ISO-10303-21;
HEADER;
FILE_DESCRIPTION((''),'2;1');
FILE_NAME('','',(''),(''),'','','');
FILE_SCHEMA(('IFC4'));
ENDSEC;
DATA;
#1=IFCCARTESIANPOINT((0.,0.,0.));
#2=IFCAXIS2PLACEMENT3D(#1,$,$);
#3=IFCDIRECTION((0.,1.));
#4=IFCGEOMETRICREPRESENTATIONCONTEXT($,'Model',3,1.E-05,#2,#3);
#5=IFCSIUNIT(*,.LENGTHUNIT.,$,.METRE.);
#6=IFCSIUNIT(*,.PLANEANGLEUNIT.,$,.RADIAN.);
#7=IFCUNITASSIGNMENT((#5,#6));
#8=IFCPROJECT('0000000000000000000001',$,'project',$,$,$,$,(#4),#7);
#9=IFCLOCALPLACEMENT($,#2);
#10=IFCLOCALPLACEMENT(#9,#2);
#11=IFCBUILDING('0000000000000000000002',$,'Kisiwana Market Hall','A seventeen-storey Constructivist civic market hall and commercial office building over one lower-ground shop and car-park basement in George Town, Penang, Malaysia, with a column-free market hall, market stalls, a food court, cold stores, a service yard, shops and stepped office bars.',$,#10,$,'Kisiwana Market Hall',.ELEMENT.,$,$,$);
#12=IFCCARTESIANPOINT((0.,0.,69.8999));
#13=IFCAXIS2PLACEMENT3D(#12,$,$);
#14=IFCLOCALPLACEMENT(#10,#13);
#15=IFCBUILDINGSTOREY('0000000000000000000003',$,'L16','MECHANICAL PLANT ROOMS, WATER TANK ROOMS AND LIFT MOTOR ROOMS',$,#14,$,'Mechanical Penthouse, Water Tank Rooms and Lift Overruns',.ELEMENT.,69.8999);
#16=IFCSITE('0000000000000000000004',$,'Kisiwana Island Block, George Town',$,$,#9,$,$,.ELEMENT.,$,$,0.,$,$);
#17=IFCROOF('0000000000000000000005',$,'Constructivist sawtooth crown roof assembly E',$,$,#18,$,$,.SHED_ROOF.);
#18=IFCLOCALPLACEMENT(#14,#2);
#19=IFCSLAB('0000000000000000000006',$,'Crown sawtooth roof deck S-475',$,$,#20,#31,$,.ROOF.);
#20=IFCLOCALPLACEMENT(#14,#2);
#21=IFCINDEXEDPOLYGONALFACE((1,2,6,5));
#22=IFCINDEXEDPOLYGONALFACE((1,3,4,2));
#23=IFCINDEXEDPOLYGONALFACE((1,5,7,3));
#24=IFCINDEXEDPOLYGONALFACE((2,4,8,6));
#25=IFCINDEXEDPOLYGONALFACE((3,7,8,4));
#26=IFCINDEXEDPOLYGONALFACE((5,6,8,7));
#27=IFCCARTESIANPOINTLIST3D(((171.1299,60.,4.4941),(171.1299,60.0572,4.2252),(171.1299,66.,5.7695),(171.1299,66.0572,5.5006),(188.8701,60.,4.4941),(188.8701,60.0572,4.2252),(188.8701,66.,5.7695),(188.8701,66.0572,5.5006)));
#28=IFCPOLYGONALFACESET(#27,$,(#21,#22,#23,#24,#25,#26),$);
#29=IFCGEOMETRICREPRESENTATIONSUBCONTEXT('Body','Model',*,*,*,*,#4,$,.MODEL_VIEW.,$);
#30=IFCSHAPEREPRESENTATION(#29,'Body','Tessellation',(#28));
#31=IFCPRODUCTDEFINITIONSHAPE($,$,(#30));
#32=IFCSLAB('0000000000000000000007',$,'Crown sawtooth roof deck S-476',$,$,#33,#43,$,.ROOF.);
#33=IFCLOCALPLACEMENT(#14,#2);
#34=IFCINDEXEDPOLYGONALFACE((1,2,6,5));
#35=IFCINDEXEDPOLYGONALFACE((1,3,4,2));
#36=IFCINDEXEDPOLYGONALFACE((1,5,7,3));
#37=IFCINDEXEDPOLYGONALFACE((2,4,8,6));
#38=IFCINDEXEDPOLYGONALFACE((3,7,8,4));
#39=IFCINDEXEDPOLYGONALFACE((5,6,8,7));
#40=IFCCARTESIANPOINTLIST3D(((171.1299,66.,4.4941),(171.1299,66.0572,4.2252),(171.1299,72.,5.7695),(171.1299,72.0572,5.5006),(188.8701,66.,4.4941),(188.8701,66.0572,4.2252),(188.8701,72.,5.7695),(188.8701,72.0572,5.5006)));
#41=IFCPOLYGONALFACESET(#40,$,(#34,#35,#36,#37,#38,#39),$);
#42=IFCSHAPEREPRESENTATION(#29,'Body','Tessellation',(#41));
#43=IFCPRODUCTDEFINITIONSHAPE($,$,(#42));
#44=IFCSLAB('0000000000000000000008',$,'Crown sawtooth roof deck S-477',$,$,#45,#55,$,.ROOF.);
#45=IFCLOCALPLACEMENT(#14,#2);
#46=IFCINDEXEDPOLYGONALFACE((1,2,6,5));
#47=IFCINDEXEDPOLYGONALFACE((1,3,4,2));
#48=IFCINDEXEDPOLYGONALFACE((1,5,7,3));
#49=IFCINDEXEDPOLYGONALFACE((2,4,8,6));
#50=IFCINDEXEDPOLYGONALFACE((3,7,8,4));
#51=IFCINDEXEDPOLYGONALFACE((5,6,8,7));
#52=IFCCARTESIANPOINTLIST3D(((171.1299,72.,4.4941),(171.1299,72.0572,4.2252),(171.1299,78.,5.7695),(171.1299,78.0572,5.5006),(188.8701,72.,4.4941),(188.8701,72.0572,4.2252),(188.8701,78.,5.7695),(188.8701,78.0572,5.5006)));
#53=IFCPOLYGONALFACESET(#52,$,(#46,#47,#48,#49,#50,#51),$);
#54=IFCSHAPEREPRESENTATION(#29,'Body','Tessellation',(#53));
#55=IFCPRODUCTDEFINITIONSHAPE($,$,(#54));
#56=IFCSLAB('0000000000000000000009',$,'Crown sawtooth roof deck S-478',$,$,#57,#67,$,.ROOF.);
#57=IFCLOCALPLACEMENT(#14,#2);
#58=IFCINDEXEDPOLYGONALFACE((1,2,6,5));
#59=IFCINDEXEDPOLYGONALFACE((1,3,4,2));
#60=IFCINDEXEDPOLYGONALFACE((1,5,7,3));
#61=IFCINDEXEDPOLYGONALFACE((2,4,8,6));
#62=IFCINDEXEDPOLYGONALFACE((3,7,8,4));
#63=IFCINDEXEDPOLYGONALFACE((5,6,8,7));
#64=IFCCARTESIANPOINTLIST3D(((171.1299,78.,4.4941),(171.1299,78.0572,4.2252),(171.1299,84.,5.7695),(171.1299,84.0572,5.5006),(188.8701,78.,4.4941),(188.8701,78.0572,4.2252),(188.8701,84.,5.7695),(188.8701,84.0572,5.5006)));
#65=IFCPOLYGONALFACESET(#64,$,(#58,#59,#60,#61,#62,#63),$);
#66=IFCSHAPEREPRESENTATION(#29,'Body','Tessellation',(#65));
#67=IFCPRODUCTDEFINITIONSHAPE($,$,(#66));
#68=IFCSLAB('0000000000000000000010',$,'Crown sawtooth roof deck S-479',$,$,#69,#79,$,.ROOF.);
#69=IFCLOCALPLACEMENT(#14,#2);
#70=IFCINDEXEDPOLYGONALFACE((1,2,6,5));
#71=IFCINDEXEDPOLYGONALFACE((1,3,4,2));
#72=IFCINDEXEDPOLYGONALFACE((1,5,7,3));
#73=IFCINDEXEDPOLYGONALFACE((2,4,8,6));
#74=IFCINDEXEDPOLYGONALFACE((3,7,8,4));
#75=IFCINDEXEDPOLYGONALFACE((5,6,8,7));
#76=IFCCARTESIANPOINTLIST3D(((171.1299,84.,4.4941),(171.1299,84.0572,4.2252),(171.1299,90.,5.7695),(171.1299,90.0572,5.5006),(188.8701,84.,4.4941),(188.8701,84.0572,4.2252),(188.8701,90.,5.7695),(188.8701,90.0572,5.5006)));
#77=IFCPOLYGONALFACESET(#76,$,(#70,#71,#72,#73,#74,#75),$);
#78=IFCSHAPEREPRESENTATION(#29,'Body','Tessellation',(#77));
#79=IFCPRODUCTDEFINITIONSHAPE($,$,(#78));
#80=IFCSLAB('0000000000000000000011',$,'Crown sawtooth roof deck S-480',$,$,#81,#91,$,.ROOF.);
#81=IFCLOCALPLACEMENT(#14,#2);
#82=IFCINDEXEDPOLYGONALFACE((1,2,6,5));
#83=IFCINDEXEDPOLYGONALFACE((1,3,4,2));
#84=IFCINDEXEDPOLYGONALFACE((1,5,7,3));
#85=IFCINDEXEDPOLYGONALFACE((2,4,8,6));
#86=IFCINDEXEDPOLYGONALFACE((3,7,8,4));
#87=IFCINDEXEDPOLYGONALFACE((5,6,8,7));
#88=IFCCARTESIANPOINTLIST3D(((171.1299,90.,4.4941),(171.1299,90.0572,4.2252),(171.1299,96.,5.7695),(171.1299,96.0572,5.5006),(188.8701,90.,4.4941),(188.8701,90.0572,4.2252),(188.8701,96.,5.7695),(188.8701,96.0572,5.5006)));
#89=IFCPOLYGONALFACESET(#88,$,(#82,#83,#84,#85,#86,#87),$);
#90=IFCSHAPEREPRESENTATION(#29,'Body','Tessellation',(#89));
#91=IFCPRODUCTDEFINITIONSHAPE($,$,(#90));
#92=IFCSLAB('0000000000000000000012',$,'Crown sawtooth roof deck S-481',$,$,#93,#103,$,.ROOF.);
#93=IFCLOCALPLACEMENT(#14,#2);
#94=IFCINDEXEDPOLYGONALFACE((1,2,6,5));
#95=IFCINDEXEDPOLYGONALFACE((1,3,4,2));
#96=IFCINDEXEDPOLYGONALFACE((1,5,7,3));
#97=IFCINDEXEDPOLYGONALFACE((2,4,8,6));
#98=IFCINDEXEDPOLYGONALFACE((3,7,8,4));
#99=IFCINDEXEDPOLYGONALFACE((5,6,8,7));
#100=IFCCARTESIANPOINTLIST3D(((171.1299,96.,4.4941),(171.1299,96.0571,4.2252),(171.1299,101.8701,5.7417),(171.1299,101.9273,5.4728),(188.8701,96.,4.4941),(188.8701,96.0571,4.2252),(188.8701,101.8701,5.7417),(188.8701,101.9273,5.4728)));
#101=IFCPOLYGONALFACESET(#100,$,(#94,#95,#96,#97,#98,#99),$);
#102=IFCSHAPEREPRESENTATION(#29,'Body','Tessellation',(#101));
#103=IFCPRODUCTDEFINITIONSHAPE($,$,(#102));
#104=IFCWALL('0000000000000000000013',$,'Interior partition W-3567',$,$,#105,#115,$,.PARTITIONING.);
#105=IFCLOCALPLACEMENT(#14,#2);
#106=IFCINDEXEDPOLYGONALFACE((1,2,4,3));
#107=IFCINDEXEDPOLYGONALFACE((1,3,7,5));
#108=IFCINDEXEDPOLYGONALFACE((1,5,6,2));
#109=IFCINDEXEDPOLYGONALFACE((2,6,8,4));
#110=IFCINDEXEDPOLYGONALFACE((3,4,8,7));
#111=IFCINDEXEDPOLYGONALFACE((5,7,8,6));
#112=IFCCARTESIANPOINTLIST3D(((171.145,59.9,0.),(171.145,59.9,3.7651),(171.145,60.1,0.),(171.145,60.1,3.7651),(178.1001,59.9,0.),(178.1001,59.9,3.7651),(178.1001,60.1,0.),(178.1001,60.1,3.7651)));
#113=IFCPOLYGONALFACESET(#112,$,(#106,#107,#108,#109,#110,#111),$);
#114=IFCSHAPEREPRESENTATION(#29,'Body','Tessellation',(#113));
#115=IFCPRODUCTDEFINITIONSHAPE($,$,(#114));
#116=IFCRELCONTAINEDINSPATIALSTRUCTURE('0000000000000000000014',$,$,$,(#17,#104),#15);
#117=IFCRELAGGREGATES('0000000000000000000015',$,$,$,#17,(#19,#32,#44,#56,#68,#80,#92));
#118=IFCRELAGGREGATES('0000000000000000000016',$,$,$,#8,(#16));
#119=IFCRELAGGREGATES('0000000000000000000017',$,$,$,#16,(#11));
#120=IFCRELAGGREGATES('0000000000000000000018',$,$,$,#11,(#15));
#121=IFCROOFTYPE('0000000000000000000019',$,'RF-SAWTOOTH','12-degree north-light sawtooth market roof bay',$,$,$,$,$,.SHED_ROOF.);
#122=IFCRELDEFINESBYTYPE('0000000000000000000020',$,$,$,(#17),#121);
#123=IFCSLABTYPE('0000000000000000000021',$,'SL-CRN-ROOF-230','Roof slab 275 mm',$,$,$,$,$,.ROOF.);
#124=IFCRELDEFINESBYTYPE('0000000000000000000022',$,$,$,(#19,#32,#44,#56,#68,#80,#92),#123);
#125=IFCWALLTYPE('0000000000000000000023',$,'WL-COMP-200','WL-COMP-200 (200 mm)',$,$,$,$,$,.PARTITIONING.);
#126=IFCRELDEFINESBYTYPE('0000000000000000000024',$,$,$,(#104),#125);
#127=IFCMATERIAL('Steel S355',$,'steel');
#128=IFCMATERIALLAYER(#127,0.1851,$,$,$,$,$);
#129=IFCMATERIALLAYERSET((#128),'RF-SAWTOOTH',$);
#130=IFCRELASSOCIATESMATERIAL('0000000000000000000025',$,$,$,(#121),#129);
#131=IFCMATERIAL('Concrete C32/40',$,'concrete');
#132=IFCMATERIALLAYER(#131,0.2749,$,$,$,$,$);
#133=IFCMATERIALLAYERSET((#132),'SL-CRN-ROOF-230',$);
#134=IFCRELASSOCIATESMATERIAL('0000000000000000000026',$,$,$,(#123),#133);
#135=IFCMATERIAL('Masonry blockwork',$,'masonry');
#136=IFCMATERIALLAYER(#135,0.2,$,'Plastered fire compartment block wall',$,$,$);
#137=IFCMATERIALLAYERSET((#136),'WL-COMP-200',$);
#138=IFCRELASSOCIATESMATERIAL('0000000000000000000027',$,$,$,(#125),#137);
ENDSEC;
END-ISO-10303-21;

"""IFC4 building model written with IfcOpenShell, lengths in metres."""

from ifc_helpers import new_model, si_unit, direction, frame, frame_2d, origin, place, context, subcontext, project, spatial, polyline, rectangle, outline, extrude, material, layer, layer_set, type_object, element, aggregate, save


model = new_model("IFC4")

# Units and contexts
model_context = context("Model", 3, precision=1e-05, world=origin(), true_north=direction((0.0, 1.0)))
body_context = subcontext(model_context, "Body", "Model", "MODEL_VIEW")
ifc_project = project(units=[si_unit("LENGTHUNIT", "METRE"), si_unit("PLANEANGLEUNIT", "RADIAN")], contexts=[model_context])

# Site, building, storey
site_placement = place(None, origin())
site = spatial("IfcSite", under=ifc_project, at=site_placement, Name="Kisiwana Island Block, George Town", CompositionType="ELEMENT", RefElevation=0.0)
building_placement = place(site_placement, origin())
building = spatial("IfcBuilding", under=site, at=building_placement, Name="Kisiwana Market Hall", Description="A seventeen-storey Constructivist civic market hall and commercial office building over one lower-ground shop and car-park basement in George Town, Penang, Malaysia, with a column-free market hall, market stalls, a food court, cold stores, a service yard, shops and stepped office bars.", LongName="Kisiwana Market Hall", CompositionType="ELEMENT")
storey_placement = place(building_placement, frame((0.0, 0.0, 69.8999)))
storey = spatial("IfcBuildingStorey", under=building, at=storey_placement, Name="L16", Description="MECHANICAL PLANT ROOMS, WATER TANK ROOMS AND LIFT MOTOR ROOMS", LongName="Mechanical Penthouse, Water Tank Rooms and Lift Overruns", CompositionType="ELEMENT", Elevation=69.8999)

# Roof, slabs
ifc_material_1 = material(Name="Steel S355", Category="steel")
ifc_layer_1 = layer(ifc_material_1, 0.1851)
ifc_layer_set_1 = layer_set([ifc_layer_1], Name="RF-SAWTOOTH")
roof_type = type_object("IfcRoofType", Name="RF-SAWTOOTH", Description="12-degree north-light sawtooth market roof bay", PredefinedType="SHED_ROOF", material=ifc_layer_set_1)
roof_placement = place(storey_placement, origin())
roof = element("IfcRoof", 1, at=roof_placement, inside=storey, type_object=roof_type, Name="Constructivist sawtooth crown roof assembly E", PredefinedType="SHED_ROOF")
ifc_material_2 = material(Name="Concrete C32/40", Category="concrete")
ifc_layer_2 = layer(ifc_material_2, 0.2749)
ifc_layer_set_2 = layer_set([ifc_layer_2], Name="SL-CRN-ROOF-230")
slab_type = type_object("IfcSlabType", Name="SL-CRN-ROOF-230", Description="Roof slab 275 mm", PredefinedType="ROOF", material=ifc_layer_set_2)
slab_1_placement = place(storey_placement, frame((171.1299, 60.0, 4.4941), z_axis=(0.0, -0.20792, 0.978146), x_axis=(1.0, 0.0, 0.0)))
slab_1 = element("IfcSlab", 2, at=slab_1_placement, type_object=slab_type, Name="Crown sawtooth roof deck S-475", PredefinedType="ROOF", context=body_context, shape_type="SweptSolid", body=[
    extrude(outline(polyline([(0.0, 0.0), (17.7402, 0.0), (17.7402, 6.1341), (0.0, 6.1341), (0.0, 0.0)])), origin(), (0.0, 0.0, -1.0), 0.2749),
])
slab_2_placement = place(storey_placement, frame((171.1299, 66.0, 4.4941), z_axis=(0.0, -0.20792, 0.978146), x_axis=(1.0, 0.0, 0.0)))
slab_2 = element("IfcSlab", 3, at=slab_2_placement, type_object=slab_type, Name="Crown sawtooth roof deck S-476", PredefinedType="ROOF", context=body_context, shape_type="SweptSolid", body=[
    extrude(outline(polyline([(0.0, 0.0), (17.7402, 0.0), (17.7402, 6.1341), (0.0, 6.1341), (0.0, 0.0)])), origin(), (0.0, 0.0, -1.0), 0.2749),
])
slab_3_placement = place(storey_placement, frame((171.1299, 72.0, 4.4941), z_axis=(0.0, -0.20792, 0.978146), x_axis=(1.0, 0.0, 0.0)))
slab_3 = element("IfcSlab", 4, at=slab_3_placement, type_object=slab_type, Name="Crown sawtooth roof deck S-477", PredefinedType="ROOF", context=body_context, shape_type="SweptSolid", body=[
    extrude(outline(polyline([(0.0, 0.0), (17.7402, 0.0), (17.7402, 6.1341), (0.0, 6.1341), (0.0, 0.0)])), origin(), (0.0, 0.0, -1.0), 0.2749),
])
slab_4_placement = place(storey_placement, frame((171.1299, 78.0, 4.4941), z_axis=(0.0, -0.20792, 0.978146), x_axis=(1.0, 0.0, 0.0)))
slab_4 = element("IfcSlab", 5, at=slab_4_placement, type_object=slab_type, Name="Crown sawtooth roof deck S-478", PredefinedType="ROOF", context=body_context, shape_type="SweptSolid", body=[
    extrude(outline(polyline([(0.0, 0.0), (17.7402, 0.0), (17.7402, 6.1341), (0.0, 6.1341), (0.0, 0.0)])), origin(), (0.0, 0.0, -1.0), 0.2749),
])
slab_5_placement = place(storey_placement, frame((171.1299, 84.0, 4.4941), z_axis=(0.0, -0.20792, 0.978146), x_axis=(1.0, 0.0, 0.0)))
slab_5 = element("IfcSlab", 6, at=slab_5_placement, type_object=slab_type, Name="Crown sawtooth roof deck S-479", PredefinedType="ROOF", context=body_context, shape_type="SweptSolid", body=[
    extrude(outline(polyline([(0.0, 0.0), (17.7402, 0.0), (17.7402, 6.1341), (0.0, 6.1341), (0.0, 0.0)])), origin(), (0.0, 0.0, -1.0), 0.2749),
])
slab_6_placement = place(storey_placement, frame((171.1299, 90.0, 4.4941), z_axis=(0.0, -0.20792, 0.978146), x_axis=(1.0, 0.0, 0.0)))
slab_6 = element("IfcSlab", 7, at=slab_6_placement, type_object=slab_type, Name="Crown sawtooth roof deck S-480", PredefinedType="ROOF", context=body_context, shape_type="SweptSolid", body=[
    extrude(outline(polyline([(0.0, 0.0), (17.7402, 0.0), (17.7402, 6.1341), (0.0, 6.1341), (0.0, 0.0)])), origin(), (0.0, 0.0, -1.0), 0.2749),
])
slab_7_placement = place(storey_placement, frame((171.1299, 96.0, 4.4941), z_axis=(0.0, -0.207884, 0.978153), x_axis=(1.0, 0.0, 0.0)))
slab_7 = element("IfcSlab", 8, at=slab_7_placement, type_object=slab_type, Name="Crown sawtooth roof deck S-481", PredefinedType="ROOF", context=body_context, shape_type="SweptSolid", body=[
    extrude(outline(polyline([(0.0, 0.0), (17.7402, 0.0), (17.7402, 6.0012), (0.0, 6.0012), (0.0, 0.0)])), origin(), (0.0, 0.0, -1.0), 0.2749),
])
aggregate(roof, [slab_1, slab_2, slab_3, slab_4, slab_5, slab_6, slab_7])

# Wall
ifc_material_3 = material(Name="Masonry blockwork", Category="masonry")
ifc_layer_3 = layer(ifc_material_3, 0.2, Name="Plastered fire compartment block wall")
ifc_layer_set_3 = layer_set([ifc_layer_3], Name="WL-COMP-200")
wall_type = type_object("IfcWallType", Name="WL-COMP-200", Description="WL-COMP-200 (200 mm)", PredefinedType="PARTITIONING", material=ifc_layer_set_3)
wall_placement = place(storey_placement, frame((171.145, 60.0, 0.0), z_axis=(0.0, 0.0, 1.0), x_axis=(1.0, 0.0, 0.0)))
element("IfcWall", 9, at=wall_placement, inside=storey, type_object=wall_type, Name="Interior partition W-3567", PredefinedType="PARTITIONING", context=body_context, shape_type="SweptSolid", body=[
    extrude(rectangle(XDim=6.9551, YDim=0.2, at=frame_2d((3.4775, 0.0))), origin(), (0.0, 0.0, 1.0), 3.7651),
])

save(model, "model.ifc")
